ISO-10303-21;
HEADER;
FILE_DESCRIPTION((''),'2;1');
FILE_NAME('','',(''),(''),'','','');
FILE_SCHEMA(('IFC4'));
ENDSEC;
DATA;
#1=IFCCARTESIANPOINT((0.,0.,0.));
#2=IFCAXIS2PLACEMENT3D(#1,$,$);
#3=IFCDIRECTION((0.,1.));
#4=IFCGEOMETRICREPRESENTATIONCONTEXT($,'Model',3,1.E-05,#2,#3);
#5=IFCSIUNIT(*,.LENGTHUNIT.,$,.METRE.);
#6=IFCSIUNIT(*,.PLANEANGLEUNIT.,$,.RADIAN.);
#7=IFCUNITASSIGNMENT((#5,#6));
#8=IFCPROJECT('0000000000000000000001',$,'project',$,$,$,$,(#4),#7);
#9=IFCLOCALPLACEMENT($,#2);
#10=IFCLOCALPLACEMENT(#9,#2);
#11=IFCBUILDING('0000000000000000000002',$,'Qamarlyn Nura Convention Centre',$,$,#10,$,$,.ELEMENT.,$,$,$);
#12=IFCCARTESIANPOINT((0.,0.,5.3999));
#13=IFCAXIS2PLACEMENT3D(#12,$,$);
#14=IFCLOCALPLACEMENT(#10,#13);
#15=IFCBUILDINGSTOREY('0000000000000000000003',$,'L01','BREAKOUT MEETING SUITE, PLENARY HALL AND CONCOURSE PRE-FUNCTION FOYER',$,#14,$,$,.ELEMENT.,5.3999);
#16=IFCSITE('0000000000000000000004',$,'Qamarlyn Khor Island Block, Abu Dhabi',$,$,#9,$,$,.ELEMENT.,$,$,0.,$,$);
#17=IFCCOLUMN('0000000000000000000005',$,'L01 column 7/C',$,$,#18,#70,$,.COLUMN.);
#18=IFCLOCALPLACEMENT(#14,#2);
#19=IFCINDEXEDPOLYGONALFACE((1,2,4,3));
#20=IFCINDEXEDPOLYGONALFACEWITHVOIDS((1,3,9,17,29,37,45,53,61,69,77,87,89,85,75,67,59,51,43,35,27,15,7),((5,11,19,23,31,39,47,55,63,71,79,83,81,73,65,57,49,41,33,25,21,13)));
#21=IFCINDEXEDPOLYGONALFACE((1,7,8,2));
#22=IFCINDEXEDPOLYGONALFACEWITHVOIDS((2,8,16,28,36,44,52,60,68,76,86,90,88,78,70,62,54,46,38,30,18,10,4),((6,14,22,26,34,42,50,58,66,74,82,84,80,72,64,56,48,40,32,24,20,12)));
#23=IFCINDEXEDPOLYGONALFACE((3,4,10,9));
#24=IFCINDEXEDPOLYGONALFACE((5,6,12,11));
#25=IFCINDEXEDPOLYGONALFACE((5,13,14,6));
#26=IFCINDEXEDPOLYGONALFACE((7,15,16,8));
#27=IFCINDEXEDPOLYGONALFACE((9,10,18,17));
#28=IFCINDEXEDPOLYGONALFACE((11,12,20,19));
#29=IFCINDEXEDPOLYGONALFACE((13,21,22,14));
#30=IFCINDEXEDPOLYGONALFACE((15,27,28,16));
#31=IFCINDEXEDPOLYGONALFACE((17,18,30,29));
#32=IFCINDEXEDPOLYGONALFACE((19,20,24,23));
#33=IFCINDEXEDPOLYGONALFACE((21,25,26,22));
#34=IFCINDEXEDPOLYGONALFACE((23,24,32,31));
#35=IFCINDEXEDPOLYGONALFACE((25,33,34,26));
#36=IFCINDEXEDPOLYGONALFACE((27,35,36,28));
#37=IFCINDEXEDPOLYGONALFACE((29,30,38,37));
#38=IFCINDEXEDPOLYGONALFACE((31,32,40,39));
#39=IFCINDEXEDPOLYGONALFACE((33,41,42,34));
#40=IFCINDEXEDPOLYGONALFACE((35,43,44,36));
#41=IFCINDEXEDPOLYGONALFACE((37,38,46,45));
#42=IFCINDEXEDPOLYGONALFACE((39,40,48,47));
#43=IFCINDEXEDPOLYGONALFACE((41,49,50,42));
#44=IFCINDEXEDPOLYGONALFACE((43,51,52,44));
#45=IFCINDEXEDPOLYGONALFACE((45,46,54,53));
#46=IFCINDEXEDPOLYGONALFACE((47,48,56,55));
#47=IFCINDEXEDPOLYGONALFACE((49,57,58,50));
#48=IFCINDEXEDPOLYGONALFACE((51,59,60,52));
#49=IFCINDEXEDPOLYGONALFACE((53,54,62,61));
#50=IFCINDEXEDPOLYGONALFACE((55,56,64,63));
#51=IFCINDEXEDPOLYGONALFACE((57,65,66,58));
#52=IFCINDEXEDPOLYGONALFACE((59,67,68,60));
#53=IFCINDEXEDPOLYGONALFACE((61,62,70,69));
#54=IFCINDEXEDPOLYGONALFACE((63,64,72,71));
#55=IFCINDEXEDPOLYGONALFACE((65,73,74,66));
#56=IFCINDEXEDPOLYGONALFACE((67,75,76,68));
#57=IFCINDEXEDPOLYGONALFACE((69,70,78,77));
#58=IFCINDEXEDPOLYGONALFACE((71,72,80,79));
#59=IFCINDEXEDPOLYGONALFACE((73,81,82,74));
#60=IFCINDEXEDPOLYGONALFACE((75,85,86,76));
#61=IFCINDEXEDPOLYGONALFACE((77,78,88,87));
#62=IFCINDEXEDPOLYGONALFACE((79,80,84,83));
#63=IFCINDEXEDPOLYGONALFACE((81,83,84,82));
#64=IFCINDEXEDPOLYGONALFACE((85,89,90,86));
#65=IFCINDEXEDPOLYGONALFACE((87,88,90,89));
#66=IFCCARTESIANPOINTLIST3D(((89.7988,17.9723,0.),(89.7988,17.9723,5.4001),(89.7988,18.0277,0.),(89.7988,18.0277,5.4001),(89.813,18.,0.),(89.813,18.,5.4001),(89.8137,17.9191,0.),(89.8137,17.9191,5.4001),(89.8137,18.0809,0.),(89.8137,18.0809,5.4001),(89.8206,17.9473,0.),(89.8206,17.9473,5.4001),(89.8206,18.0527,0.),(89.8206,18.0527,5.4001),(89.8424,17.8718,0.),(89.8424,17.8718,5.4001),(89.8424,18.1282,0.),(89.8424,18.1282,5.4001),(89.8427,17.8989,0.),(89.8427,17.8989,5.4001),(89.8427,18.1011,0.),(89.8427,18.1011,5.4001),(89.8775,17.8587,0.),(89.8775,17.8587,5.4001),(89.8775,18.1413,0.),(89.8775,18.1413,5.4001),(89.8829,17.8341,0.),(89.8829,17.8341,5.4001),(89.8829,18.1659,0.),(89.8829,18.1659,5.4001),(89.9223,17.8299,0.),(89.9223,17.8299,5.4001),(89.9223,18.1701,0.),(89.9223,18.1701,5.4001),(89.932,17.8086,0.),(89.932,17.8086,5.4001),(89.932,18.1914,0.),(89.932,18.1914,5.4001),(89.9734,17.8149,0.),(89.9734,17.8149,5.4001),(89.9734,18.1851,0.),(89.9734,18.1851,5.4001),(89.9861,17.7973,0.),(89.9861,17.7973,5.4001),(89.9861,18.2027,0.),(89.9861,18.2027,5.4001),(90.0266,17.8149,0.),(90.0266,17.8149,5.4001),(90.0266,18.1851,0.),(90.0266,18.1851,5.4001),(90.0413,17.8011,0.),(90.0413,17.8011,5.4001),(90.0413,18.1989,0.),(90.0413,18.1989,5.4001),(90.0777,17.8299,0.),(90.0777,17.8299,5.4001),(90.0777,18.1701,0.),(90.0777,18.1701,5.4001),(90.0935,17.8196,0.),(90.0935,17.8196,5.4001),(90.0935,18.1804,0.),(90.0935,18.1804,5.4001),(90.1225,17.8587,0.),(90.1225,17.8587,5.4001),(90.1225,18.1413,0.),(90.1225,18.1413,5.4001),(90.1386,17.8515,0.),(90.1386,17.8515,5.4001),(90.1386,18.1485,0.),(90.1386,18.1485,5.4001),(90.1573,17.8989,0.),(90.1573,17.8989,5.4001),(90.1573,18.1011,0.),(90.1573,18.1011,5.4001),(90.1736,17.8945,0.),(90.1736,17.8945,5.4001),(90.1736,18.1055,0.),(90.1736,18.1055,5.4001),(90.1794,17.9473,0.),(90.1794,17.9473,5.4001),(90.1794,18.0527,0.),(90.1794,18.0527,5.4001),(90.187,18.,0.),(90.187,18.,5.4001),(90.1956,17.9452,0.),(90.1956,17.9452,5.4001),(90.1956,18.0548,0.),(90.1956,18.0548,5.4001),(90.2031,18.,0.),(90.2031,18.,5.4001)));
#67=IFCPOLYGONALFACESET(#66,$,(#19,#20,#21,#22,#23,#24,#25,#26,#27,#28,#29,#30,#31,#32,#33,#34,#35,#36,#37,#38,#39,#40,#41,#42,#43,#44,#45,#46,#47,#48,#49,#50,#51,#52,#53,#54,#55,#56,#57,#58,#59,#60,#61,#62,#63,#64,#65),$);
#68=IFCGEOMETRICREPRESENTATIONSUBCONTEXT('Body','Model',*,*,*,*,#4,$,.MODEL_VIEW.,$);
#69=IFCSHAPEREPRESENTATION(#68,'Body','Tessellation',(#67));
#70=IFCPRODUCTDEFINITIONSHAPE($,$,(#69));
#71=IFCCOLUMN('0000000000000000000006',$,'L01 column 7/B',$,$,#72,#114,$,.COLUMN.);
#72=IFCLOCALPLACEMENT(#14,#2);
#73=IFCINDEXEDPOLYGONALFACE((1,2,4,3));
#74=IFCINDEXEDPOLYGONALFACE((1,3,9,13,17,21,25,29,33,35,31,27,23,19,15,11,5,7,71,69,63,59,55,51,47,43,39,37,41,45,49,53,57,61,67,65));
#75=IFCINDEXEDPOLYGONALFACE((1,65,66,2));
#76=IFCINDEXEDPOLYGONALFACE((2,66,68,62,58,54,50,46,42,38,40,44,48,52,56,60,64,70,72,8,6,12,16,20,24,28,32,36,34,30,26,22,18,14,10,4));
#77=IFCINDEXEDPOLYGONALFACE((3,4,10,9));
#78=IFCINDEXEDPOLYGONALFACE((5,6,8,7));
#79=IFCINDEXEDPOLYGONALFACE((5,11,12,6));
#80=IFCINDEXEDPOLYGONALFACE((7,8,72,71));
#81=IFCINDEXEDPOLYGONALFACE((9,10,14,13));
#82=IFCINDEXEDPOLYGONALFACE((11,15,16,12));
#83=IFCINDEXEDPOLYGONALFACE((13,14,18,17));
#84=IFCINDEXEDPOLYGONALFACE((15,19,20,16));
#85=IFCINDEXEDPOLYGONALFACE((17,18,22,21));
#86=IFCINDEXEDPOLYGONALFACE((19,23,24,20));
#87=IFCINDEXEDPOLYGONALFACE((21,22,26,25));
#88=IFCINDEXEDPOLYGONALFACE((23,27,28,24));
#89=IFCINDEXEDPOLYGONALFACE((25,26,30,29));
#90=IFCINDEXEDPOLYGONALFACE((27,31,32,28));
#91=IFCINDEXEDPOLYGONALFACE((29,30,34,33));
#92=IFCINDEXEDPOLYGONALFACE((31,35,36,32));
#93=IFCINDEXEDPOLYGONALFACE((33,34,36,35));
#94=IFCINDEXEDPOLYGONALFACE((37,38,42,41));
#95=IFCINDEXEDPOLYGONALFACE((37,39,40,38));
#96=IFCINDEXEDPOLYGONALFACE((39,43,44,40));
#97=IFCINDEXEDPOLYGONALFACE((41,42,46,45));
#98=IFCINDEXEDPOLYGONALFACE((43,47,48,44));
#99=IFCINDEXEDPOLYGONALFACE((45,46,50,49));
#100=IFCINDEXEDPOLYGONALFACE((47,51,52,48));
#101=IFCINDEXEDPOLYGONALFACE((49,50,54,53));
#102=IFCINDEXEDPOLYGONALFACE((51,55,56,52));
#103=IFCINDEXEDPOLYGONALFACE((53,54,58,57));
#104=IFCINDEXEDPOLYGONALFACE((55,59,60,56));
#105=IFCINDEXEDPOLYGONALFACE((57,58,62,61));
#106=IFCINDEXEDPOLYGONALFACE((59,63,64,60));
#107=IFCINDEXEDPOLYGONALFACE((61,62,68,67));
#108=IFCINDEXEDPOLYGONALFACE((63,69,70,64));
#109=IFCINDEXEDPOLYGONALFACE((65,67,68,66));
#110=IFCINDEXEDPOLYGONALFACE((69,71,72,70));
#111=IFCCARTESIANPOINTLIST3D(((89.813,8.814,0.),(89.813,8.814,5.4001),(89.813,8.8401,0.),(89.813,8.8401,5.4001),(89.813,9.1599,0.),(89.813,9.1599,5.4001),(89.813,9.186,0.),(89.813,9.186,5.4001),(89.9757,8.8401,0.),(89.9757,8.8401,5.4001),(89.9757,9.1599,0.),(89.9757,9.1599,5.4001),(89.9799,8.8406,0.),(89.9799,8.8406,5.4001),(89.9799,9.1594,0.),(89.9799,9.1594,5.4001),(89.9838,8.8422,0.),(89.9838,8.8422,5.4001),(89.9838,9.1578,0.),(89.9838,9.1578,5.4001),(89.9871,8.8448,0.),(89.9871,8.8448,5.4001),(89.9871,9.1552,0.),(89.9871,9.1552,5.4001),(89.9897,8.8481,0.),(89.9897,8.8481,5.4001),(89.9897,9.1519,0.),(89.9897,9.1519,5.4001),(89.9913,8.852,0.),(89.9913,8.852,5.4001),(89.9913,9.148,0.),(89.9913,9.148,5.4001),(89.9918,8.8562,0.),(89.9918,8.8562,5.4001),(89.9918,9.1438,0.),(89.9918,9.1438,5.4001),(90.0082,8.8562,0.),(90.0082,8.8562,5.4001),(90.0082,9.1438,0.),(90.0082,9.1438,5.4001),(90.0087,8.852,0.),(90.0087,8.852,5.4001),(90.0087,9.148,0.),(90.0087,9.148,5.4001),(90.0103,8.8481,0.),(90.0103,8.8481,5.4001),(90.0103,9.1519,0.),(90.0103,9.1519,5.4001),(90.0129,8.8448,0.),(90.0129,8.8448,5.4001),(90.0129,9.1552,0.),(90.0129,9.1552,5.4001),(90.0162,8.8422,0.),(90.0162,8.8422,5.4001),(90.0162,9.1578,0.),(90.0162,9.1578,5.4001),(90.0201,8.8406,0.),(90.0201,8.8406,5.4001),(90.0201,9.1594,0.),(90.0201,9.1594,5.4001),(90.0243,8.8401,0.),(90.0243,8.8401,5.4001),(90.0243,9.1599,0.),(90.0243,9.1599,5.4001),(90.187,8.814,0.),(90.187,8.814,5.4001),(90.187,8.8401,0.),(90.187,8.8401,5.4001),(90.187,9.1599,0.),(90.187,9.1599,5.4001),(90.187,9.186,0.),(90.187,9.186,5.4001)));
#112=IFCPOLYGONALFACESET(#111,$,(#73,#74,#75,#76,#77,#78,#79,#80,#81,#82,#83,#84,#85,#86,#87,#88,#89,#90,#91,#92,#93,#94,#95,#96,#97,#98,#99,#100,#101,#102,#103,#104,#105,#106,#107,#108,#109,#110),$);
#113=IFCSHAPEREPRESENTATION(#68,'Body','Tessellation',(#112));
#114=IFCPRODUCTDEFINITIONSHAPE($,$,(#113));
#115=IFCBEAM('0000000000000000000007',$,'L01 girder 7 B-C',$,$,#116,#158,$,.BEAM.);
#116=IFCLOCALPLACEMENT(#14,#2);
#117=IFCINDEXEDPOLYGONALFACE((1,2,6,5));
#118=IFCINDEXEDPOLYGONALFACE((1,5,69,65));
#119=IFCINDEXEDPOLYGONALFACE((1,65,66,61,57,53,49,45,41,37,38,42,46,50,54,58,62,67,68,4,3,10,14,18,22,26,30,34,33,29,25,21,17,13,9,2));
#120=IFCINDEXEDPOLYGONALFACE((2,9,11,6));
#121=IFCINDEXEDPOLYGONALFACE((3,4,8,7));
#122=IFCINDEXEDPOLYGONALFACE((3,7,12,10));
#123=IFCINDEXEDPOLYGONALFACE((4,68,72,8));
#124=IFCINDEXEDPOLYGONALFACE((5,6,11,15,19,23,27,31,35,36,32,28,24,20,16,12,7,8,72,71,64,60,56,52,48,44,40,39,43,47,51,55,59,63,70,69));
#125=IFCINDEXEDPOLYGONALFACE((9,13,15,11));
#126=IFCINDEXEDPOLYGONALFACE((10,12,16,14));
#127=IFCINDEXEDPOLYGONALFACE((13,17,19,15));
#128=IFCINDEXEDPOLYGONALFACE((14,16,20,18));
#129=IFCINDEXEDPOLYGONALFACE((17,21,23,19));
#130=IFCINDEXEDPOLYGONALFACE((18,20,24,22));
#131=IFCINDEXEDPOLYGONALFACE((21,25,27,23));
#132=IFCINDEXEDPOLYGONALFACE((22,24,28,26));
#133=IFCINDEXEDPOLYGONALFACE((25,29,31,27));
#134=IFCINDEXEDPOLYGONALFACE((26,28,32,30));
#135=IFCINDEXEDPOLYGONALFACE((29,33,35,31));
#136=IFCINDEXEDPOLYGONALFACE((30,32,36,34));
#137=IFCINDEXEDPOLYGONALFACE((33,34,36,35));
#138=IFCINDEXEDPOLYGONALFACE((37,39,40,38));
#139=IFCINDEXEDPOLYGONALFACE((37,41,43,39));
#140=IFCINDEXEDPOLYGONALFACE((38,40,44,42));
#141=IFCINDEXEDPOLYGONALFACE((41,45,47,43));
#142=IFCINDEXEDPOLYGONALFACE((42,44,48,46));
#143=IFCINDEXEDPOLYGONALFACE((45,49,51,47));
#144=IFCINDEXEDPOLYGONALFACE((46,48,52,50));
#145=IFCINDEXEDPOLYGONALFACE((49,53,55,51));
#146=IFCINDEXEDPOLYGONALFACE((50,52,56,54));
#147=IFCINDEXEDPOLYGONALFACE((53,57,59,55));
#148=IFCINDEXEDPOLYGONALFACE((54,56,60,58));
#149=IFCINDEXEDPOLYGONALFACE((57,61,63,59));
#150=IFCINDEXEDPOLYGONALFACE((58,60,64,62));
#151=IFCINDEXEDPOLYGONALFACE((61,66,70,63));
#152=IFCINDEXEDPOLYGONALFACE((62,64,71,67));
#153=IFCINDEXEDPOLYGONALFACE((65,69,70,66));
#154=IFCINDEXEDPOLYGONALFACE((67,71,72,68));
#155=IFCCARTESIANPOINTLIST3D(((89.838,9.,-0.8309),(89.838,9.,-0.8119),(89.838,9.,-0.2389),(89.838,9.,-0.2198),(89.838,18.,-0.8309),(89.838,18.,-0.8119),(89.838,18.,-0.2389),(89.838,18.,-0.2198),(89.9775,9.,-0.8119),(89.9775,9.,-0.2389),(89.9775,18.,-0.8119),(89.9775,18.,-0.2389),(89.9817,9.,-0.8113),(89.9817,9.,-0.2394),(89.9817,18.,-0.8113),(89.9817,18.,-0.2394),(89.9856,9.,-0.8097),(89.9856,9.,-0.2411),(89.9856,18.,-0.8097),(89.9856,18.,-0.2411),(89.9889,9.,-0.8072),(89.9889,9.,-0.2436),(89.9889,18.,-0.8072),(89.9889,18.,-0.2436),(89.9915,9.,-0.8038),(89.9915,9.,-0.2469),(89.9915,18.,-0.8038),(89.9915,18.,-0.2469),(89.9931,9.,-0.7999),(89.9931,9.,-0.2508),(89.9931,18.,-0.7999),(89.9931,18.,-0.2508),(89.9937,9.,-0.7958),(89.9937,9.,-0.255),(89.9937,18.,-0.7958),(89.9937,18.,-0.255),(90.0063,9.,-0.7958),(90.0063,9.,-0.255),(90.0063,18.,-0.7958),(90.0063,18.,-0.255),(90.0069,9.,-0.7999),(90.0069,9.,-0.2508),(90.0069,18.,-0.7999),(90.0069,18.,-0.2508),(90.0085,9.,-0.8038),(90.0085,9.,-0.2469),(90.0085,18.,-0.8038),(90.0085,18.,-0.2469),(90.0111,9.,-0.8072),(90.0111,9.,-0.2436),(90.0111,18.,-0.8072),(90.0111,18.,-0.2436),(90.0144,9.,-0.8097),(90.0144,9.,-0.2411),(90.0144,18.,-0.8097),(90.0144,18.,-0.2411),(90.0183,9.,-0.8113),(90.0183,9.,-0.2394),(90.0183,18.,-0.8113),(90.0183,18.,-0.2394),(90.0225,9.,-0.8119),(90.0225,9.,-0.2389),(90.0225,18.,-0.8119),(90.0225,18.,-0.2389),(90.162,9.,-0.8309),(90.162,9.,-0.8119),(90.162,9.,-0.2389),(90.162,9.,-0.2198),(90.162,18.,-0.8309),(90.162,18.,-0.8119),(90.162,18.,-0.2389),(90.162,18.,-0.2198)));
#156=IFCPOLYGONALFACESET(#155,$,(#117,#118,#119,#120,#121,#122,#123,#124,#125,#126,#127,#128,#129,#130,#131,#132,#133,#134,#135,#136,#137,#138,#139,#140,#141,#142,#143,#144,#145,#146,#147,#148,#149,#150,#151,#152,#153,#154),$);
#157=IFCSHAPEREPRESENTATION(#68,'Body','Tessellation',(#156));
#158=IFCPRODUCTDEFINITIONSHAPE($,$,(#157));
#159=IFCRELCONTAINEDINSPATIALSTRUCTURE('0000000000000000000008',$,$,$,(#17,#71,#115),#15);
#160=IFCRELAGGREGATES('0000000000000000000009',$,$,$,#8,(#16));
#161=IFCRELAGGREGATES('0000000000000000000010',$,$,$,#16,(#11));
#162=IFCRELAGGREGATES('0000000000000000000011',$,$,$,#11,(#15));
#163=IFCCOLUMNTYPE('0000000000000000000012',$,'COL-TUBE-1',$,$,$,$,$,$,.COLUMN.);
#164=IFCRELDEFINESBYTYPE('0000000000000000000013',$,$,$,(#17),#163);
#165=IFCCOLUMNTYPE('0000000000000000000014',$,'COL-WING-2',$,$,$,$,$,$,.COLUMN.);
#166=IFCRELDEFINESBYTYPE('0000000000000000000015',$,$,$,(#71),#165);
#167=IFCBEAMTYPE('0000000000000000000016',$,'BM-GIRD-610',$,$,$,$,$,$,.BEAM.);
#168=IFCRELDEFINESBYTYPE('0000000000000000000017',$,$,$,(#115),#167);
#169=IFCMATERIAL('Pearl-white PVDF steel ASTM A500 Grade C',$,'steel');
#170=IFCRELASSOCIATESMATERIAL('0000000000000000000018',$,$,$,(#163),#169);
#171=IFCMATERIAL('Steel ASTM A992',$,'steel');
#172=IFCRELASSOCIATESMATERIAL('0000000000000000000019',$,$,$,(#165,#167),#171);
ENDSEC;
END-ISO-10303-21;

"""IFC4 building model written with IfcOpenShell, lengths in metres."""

from ifc_helpers import new_model, si_unit, direction, frame, origin, origin_2d, place, context, subcontext, project, spatial, hollow_circle, i_section, extrude, material, material_profile, profile_set, type_object, element, save


model = new_model("IFC4")

# Units and contexts
model_context = context("Model", 3, precision=1e-05, world=origin(), true_north=direction((0.0, 1.0)))
body_context = subcontext(model_context, "Body", "Model", "MODEL_VIEW")
ifc_project = project(units=[si_unit("LENGTHUNIT", "METRE"), si_unit("PLANEANGLEUNIT", "RADIAN")], contexts=[model_context])

# Site, building, storey
site_placement = place(None, origin())
site = spatial("IfcSite", under=ifc_project, at=site_placement, Name="Qamarlyn Khor Island Block, Abu Dhabi", CompositionType="ELEMENT", RefElevation=0.0)
building_placement = place(site_placement, origin())
building = spatial("IfcBuilding", under=site, at=building_placement, Name="Qamarlyn Nura Convention Centre", CompositionType="ELEMENT")
storey_placement = place(building_placement, frame((0.0, 0.0, 5.3999)))
storey = spatial("IfcBuildingStorey", under=building, at=storey_placement, Name="L01", Description="BREAKOUT MEETING SUITE, PLENARY HALL AND CONCOURSE PRE-FUNCTION FOYER", CompositionType="ELEMENT", Elevation=5.3999)

# Columns
ifc_material_1 = material(Name="Pearl-white PVDF steel ASTM A500 Grade C", Category="steel")
ifc_material_profile_1 = material_profile(ifc_material_1, hollow_circle(Radius=0.2031, WallThickness=0.0161, at=origin_2d()), Name="CHS406.4X16")
ifc_profile_set_1 = profile_set([ifc_material_profile_1], Name="Pearl-white PVDF steel ASTM A500 Grade C")
column_type_1 = type_object("IfcColumnType", Name="COL-TUBE-1", PredefinedType="COLUMN", material=ifc_profile_set_1)
column_1_placement = place(storey_placement, frame((90.0, 18.0, 0.0), z_axis=(0.0, 0.0, 1.0), x_axis=(1.0, 0.0, 0.0)))
element("IfcColumn", 1, at=column_1_placement, inside=storey, type_object=column_type_1, Name="L01 column 7/C", PredefinedType="COLUMN", context=body_context, shape_type="SweptSolid", body=[
    extrude(hollow_circle(Radius=0.2031, WallThickness=0.0161, at=origin_2d()), origin(), (0.0, 0.0, 1.0), 5.4001),
])
ifc_material_2 = material(Name="Steel ASTM A992", Category="steel")
ifc_material_profile_2 = material_profile(ifc_material_2, i_section(OverallWidth=0.374, OverallDepth=0.3721, WebThickness=0.0164, FlangeThickness=0.0261, FilletRadius=0.0161, at=origin_2d()), Name="W360X196")
ifc_profile_set_2 = profile_set([ifc_material_profile_2], Name="Steel ASTM A992")
column_type_2 = type_object("IfcColumnType", Name="COL-WING-2", PredefinedType="COLUMN", material=ifc_profile_set_2)
column_2_placement = place(storey_placement, frame((90.0, 9.0, 0.0), z_axis=(0.0, 0.0, 1.0), x_axis=(1.0, 0.0, 0.0)))
element("IfcColumn", 2, at=column_2_placement, inside=storey, type_object=column_type_2, Name="L01 column 7/B", PredefinedType="COLUMN", context=body_context, shape_type="SweptSolid", body=[
    extrude(i_section(OverallWidth=0.374, OverallDepth=0.3721, WebThickness=0.0164, FlangeThickness=0.0261, FilletRadius=0.0161, at=origin_2d()), origin(), (0.0, 0.0, 1.0), 5.4001),
])

# Beam
ifc_material_profile_3 = material_profile(ifc_material_2, i_section(OverallWidth=0.324, OverallDepth=0.6111, WebThickness=0.0127, FlangeThickness=0.019, FilletRadius=0.0161, at=origin_2d()), Name="W610X155")
ifc_profile_set_3 = profile_set([ifc_material_profile_3], Name="Steel ASTM A992")
beam_type_1 = type_object("IfcBeamType", Name="BM-GIRD-610", PredefinedType="BEAM", material=ifc_profile_set_3)
beam_1_placement = place(storey_placement, frame((90.0, 9.0, -0.5254), z_axis=(0.0, 1.0, 0.0), x_axis=(-1.0, 0.0, 0.0)))
element("IfcBeam", 3, at=beam_1_placement, inside=storey, type_object=beam_type_1, Name="L01 girder 7 B-C", PredefinedType="BEAM", context=body_context, shape_type="SweptSolid", body=[
    extrude(i_section(OverallWidth=0.324, OverallDepth=0.6111, WebThickness=0.0127, FlangeThickness=0.019, FilletRadius=0.0161, at=origin_2d()), origin(), (0.0, 0.0, 1.0), 9.0),
])

save(model, "model.ifc")
